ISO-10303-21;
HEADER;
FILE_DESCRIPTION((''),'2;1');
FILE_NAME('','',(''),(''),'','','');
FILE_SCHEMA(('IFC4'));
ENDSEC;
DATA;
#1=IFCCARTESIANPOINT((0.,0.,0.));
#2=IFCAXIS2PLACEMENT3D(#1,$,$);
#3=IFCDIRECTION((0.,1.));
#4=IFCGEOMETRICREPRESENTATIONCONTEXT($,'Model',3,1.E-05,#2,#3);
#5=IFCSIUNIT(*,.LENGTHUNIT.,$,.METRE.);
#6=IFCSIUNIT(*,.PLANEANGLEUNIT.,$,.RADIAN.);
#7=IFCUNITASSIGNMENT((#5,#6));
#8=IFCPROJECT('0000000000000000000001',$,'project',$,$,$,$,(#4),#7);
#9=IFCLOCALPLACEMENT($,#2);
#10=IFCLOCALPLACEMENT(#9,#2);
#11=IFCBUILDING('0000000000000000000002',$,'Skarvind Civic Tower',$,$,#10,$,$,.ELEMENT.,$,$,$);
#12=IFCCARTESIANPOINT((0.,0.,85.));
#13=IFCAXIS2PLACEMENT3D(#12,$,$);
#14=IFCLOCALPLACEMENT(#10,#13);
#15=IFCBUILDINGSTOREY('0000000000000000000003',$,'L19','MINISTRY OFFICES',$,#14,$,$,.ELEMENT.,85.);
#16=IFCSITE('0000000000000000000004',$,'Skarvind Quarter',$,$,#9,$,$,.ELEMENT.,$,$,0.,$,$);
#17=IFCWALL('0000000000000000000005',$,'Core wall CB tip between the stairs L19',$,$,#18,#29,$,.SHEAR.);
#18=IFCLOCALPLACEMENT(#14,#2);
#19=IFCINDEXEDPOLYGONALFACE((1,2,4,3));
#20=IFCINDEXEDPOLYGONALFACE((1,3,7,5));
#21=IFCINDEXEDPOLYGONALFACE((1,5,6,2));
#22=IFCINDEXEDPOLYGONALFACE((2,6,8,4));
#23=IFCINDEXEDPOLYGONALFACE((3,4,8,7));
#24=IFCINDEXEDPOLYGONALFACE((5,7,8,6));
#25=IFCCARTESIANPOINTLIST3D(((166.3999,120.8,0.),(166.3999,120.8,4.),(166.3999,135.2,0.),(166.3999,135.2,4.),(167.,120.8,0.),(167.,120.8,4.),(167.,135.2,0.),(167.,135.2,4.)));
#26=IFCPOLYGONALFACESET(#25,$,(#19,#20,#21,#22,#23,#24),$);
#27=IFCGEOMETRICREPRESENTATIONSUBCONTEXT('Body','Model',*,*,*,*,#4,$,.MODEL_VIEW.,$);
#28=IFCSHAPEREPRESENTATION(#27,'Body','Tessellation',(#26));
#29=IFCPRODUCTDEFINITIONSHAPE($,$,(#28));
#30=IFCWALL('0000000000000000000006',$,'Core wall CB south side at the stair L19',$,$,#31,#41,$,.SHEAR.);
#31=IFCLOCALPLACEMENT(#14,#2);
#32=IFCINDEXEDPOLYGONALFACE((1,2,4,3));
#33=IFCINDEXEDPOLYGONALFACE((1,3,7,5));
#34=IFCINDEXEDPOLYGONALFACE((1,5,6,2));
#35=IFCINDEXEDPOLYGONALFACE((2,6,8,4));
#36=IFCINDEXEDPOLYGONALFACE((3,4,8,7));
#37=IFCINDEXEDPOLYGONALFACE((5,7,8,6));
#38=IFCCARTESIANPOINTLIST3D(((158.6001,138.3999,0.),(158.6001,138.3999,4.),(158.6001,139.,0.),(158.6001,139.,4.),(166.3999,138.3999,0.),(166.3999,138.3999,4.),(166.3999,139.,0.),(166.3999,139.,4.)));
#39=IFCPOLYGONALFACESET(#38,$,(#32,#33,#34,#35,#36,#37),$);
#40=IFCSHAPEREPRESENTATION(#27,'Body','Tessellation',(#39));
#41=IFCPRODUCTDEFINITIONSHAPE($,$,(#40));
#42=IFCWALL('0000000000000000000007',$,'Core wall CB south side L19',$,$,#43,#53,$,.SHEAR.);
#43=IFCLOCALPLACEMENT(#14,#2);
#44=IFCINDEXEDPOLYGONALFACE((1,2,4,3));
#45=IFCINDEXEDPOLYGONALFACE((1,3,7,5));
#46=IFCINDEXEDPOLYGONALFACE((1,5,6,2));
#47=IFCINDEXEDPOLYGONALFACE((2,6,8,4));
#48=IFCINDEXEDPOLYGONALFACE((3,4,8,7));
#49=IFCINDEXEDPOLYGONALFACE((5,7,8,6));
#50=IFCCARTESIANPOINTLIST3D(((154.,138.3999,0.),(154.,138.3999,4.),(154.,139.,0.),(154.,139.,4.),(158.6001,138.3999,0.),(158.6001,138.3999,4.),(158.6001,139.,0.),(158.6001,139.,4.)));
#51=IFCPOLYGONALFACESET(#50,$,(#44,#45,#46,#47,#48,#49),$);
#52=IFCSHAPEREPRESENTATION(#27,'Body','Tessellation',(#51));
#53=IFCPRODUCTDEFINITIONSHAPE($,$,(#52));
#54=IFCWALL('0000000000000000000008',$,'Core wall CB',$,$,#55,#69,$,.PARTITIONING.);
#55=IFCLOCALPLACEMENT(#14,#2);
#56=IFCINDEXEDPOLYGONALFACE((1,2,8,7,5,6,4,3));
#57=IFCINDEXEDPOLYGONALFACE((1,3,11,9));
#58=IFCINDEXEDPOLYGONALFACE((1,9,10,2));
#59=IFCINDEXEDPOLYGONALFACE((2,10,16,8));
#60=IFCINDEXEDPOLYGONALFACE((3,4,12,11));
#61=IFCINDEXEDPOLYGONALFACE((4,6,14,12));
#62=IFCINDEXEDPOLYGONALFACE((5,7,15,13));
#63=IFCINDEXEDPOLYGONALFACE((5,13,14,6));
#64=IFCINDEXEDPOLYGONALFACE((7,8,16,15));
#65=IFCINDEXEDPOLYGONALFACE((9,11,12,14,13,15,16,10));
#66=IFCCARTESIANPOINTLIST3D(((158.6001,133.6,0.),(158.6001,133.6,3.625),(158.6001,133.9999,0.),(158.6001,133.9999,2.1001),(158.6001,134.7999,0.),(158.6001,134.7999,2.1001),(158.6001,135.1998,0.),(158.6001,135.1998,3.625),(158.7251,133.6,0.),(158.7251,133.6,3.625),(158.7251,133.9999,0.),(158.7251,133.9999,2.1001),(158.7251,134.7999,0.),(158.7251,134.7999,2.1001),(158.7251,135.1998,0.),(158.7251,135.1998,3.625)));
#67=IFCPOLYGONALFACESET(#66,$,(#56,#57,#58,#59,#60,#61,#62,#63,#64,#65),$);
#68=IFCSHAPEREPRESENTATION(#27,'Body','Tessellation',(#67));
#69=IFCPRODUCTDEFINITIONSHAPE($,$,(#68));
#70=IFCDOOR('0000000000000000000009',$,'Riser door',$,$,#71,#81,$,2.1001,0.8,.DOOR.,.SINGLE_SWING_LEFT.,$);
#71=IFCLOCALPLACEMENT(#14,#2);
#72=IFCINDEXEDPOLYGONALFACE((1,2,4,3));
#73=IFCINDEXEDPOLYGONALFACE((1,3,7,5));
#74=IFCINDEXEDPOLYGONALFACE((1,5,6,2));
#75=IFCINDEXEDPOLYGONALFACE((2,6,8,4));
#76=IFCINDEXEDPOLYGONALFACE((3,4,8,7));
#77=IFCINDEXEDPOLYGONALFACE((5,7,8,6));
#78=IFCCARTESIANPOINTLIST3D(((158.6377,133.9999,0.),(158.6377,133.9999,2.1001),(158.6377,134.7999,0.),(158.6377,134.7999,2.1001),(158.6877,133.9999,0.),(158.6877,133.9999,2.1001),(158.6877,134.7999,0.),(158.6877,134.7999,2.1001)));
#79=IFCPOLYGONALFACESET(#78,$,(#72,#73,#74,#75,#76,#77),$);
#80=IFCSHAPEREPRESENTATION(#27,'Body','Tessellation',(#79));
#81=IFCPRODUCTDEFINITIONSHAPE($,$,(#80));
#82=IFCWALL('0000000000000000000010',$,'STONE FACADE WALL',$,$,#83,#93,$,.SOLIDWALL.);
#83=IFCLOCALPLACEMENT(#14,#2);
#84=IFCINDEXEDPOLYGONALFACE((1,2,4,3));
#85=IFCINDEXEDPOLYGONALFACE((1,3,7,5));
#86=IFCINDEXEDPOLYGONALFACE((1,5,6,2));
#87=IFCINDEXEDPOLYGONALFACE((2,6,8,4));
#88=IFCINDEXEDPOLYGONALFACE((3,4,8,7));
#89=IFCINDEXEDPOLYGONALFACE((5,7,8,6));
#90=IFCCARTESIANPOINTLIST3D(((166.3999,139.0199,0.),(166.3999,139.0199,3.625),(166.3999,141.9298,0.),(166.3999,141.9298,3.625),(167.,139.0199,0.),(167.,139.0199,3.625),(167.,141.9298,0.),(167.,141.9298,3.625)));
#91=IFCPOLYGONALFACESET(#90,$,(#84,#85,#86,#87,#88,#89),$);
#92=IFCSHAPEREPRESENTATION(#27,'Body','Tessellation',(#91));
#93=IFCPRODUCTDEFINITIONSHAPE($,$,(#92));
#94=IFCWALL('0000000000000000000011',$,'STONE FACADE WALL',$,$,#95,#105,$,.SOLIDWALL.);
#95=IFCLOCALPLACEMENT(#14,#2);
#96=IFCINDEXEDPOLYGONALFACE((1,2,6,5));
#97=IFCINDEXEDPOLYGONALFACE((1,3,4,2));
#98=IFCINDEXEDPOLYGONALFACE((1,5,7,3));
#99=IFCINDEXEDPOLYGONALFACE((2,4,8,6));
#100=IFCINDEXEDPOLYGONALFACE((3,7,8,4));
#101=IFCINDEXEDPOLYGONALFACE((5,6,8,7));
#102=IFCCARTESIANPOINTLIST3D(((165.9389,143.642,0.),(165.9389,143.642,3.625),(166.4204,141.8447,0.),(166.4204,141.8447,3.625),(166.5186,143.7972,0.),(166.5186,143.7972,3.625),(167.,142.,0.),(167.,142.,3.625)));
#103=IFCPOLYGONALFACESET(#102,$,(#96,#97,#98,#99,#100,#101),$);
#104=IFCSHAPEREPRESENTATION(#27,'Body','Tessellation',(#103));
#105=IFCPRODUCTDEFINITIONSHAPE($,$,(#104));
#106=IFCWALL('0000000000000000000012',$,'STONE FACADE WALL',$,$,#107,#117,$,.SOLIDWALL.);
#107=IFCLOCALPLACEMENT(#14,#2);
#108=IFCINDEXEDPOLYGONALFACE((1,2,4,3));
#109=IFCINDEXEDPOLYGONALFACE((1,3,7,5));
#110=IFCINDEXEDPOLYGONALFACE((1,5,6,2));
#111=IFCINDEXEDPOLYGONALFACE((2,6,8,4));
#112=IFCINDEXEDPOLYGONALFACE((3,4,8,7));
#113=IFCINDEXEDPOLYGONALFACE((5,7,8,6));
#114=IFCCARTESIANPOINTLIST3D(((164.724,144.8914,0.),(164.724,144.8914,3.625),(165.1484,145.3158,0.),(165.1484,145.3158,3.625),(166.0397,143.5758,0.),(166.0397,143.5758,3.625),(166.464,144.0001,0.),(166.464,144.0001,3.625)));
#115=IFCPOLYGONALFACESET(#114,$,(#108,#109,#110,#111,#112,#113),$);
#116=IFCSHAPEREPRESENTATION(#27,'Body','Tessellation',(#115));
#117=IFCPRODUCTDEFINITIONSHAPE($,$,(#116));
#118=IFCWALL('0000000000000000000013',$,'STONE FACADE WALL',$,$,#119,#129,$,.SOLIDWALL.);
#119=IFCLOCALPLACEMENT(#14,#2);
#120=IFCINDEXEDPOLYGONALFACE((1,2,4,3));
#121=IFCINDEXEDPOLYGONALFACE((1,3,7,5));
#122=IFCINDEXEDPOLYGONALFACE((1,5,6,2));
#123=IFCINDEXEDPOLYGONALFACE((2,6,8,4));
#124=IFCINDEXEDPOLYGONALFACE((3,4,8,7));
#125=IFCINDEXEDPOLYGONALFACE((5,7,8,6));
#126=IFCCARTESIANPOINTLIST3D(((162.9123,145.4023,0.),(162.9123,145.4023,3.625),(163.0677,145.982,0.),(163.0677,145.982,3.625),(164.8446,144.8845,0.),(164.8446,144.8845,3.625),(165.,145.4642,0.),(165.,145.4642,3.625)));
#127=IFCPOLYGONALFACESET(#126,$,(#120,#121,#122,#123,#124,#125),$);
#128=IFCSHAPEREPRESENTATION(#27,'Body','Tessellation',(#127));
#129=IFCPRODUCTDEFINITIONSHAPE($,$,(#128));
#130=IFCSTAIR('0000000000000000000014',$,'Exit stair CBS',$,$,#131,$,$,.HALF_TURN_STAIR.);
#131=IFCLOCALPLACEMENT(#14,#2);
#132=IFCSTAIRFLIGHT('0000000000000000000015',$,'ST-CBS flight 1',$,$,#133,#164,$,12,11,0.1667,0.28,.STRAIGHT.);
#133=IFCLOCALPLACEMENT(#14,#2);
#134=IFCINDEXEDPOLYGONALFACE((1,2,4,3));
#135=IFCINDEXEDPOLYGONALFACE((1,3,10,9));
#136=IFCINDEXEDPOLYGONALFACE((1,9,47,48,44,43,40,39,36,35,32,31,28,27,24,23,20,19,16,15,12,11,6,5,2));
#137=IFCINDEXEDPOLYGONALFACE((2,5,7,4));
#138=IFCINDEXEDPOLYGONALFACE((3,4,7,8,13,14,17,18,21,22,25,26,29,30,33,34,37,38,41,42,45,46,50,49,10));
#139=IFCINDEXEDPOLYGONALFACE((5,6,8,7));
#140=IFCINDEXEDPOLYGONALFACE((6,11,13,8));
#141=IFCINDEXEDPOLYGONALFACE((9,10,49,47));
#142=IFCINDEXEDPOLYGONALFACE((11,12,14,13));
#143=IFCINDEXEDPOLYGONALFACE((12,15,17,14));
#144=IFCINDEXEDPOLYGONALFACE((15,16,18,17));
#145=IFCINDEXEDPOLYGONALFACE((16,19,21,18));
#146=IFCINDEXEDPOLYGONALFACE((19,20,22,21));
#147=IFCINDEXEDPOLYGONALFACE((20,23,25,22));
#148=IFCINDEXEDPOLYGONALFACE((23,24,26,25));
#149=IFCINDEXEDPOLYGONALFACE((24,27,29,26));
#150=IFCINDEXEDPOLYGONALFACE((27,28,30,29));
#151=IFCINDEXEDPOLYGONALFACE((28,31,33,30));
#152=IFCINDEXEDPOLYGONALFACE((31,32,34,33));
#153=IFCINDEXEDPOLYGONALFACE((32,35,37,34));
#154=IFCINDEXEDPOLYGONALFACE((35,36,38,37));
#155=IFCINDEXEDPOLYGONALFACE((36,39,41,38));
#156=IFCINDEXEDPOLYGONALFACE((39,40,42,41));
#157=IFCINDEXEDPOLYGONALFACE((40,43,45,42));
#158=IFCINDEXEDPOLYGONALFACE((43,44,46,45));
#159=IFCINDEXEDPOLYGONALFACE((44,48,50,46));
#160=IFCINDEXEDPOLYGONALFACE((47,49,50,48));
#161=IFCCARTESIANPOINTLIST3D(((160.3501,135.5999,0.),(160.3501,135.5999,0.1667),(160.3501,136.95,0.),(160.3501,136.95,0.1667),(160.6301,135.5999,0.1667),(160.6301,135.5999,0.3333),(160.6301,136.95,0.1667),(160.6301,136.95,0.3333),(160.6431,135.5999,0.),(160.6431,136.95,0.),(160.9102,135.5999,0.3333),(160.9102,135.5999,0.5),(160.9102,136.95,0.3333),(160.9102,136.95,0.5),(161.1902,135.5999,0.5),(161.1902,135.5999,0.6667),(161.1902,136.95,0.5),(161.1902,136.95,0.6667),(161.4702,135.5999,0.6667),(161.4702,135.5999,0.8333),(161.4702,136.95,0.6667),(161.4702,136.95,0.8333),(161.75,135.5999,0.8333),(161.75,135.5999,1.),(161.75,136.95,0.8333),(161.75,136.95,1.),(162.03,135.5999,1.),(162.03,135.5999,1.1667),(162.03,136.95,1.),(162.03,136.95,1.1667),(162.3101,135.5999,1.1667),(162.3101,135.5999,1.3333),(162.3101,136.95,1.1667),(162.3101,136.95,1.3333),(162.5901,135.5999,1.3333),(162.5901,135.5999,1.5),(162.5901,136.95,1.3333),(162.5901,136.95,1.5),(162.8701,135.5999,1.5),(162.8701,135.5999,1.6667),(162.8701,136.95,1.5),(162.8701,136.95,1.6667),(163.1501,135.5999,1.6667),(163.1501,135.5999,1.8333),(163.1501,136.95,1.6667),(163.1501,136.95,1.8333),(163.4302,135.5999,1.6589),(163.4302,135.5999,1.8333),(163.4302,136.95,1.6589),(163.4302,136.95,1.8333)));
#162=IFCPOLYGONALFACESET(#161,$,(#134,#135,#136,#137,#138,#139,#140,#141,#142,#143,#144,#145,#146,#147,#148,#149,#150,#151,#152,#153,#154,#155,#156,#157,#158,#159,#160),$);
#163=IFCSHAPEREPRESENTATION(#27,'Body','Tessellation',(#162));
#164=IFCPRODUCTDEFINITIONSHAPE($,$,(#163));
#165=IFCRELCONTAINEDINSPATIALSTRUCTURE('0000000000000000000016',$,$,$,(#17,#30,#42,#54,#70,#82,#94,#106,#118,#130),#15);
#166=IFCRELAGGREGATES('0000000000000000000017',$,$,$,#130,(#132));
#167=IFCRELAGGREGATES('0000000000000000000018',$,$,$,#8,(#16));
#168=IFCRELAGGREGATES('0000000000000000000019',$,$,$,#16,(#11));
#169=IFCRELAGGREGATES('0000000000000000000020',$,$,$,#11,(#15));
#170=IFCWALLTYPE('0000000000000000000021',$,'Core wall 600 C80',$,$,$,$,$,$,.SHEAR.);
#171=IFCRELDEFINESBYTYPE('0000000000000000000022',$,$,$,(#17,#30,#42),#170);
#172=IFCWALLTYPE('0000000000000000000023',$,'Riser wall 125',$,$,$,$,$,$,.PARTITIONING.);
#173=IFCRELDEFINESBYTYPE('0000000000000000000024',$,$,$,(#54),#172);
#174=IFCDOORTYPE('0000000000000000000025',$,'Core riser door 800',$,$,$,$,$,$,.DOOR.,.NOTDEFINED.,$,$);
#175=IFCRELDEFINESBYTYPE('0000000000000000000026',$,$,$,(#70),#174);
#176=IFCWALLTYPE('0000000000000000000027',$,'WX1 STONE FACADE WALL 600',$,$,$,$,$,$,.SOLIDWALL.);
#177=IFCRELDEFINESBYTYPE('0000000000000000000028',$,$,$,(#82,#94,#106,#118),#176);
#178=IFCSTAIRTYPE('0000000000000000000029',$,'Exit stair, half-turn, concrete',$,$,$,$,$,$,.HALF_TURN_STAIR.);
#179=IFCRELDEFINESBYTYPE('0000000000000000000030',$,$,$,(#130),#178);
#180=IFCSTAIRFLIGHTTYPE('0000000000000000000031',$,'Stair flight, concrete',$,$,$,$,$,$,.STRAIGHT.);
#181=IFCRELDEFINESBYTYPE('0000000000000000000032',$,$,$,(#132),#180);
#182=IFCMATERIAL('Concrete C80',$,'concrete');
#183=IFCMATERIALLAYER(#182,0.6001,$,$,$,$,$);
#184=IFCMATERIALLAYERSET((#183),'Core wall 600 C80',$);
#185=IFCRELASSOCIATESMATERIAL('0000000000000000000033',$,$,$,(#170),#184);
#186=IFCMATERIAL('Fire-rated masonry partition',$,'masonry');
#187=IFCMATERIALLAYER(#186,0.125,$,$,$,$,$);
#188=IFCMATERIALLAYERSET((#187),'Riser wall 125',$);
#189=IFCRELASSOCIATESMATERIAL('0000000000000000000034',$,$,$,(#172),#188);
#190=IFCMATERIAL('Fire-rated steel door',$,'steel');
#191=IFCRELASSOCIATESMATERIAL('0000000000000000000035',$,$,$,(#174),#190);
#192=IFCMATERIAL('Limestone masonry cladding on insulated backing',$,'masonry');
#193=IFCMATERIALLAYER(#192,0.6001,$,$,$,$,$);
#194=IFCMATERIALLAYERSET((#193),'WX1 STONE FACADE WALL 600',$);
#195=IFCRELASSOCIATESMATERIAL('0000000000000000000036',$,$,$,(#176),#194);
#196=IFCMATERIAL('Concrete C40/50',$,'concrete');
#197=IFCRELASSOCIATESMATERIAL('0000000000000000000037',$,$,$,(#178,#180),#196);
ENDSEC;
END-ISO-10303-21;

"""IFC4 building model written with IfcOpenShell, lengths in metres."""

from ifc_helpers import new_model, si_unit, direction, frame, frame_2d, origin, place, context, subcontext, project, spatial, polyline, rectangle, outline, extrude, material, layer, layer_set, type_object, element, fill, aggregate, save


model = new_model("IFC4")

# Units and contexts
model_context = context("Model", 3, precision=1e-05, world=origin(), true_north=direction((0.0, 1.0)))
body_context = subcontext(model_context, "Body", "Model", "MODEL_VIEW")
ifc_project = project(units=[si_unit("LENGTHUNIT", "METRE"), si_unit("PLANEANGLEUNIT", "RADIAN")], contexts=[model_context])

# Site, building, storey
site_placement = place(None, origin())
site = spatial("IfcSite", under=ifc_project, at=site_placement, Name="Skarvind Quarter", CompositionType="ELEMENT", RefElevation=0.0)
building_placement = place(site_placement, origin())
building = spatial("IfcBuilding", under=site, at=building_placement, Name="Skarvind Civic Tower", CompositionType="ELEMENT")
storey_placement = place(building_placement, frame((0.0, 0.0, 85.0)))
storey = spatial("IfcBuildingStorey", under=building, at=storey_placement, Name="L19", Description="MINISTRY OFFICES", CompositionType="ELEMENT", Elevation=85.0)

# Shared definitions
ifc_material_1 = material(Name="Concrete C80", Category="concrete")

# Shared definitions
ifc_material_2 = material(Name="Fire-rated steel door", Category="steel")

# Walls
ifc_layer_1 = layer(ifc_material_1, 0.6001)
ifc_layer_set_1 = layer_set([ifc_layer_1], Name="Core wall 600 C80")
wall_type_1 = type_object("IfcWallType", Name="Core wall 600 C80", PredefinedType="SHEAR", material=ifc_layer_set_1)
wall_1_placement = place(storey_placement, frame((166.7, 135.2, 0.0), z_axis=(0.0, 0.0, 1.0), x_axis=(0.0, -1.0, 0.0)))
element("IfcWall", 1, at=wall_1_placement, inside=storey, type_object=wall_type_1, Name="Core wall CB tip between the stairs L19", PredefinedType="SHEAR", context=body_context, shape_type="SweptSolid", body=[
    extrude(rectangle(XDim=14.3999, YDim=0.6001, at=frame_2d((7.2, 0.0))), origin(), (0.0, 0.0, 1.0), 4.0),
])
wall_2_placement = place(storey_placement, frame((166.3999, 138.7, 0.0), z_axis=(0.0, 0.0, 1.0), x_axis=(-1.0, 0.0, 0.0)))
element("IfcWall", 2, at=wall_2_placement, inside=storey, type_object=wall_type_1, Name="Core wall CB south side at the stair L19", PredefinedType="SHEAR", context=body_context, shape_type="SweptSolid", body=[
    extrude(rectangle(XDim=7.7998, YDim=0.6001, at=frame_2d((3.8999, 0.0))), origin(), (0.0, 0.0, 1.0), 4.0),
])
wall_3_placement = place(storey_placement, frame((158.6001, 138.7, 0.0), z_axis=(0.0, 0.0, 1.0), x_axis=(-1.0, 0.0, 0.0)))
element("IfcWall", 3, at=wall_3_placement, inside=storey, type_object=wall_type_1, Name="Core wall CB south side L19", PredefinedType="SHEAR", context=body_context, shape_type="SweptSolid", body=[
    extrude(rectangle(XDim=4.6001, YDim=0.6001, at=frame_2d((2.3, 0.0))), origin(), (0.0, 0.0, 1.0), 4.0),
])

# Wall, opening, door
ifc_material_3 = material(Name="Fire-rated masonry partition", Category="masonry")
ifc_layer_2 = layer(ifc_material_3, 0.125)
ifc_layer_set_2 = layer_set([ifc_layer_2], Name="Riser wall 125")
wall_type_2 = type_object("IfcWallType", Name="Riser wall 125", PredefinedType="PARTITIONING", material=ifc_layer_set_2)
wall_4_placement = place(storey_placement, frame((158.6626, 133.6001, 0.0), z_axis=(0.0, 0.0, 1.0), x_axis=(0.0, 1.0, 0.0)))
wall_4 = element("IfcWall", 4, at=wall_4_placement, inside=storey, type_object=wall_type_2, Name="Core wall CB", PredefinedType="PARTITIONING", context=body_context, shape_type="SweptSolid", body=[
    extrude(rectangle(XDim=1.5999, YDim=0.125, at=frame_2d((0.7998, 0.0))), origin(), (0.0, 0.0, 1.0), 3.625),
])
opening_1_placement = place(wall_4_placement, frame((0.3999, 0.0, 0.0)))
opening_1 = element("IfcOpeningElement", 5, at=opening_1_placement, cuts=wall_4, PredefinedType="OPENING", context=body_context, shape_type="SweptSolid", body=[
    extrude(rectangle(XDim=0.8, YDim=2.1001, at=frame_2d((0.3999, 1.05))), frame((0.0, 0.0725, 0.0), z_axis=(0.0, -1.0, 0.0), x_axis=(1.0, 0.0, 0.0)), (0.0, 0.0, 1.0), 0.145),
])
door_type_1 = type_object("IfcDoorType", Name="Core riser door 800", OperationType="NOTDEFINED", PredefinedType="DOOR", material=ifc_material_2)
door_1_placement = place(opening_1_placement, origin())
door_1 = element("IfcDoor", 6, at=door_1_placement, inside=storey, type_object=door_type_1, Name="Riser door", OperationType="SINGLE_SWING_LEFT", OverallHeight=2.1001, OverallWidth=0.8, PredefinedType="DOOR", context=body_context, shape_type="SweptSolid", body=[
    extrude(rectangle(XDim=0.8, YDim=2.1001, at=frame_2d((0.3999, 1.05))), frame((0.0, 0.0249, 0.0), z_axis=(0.0, -1.0, 0.0), x_axis=(1.0, 0.0, 0.0)), (0.0, 0.0, 1.0), 0.05),
])
fill(opening_1, door_1)

# Walls
ifc_material_4 = material(Name="Limestone masonry cladding on insulated backing", Category="masonry")
ifc_layer_3 = layer(ifc_material_4, 0.6001)
ifc_layer_set_3 = layer_set([ifc_layer_3], Name="WX1 STONE FACADE WALL 600")
wall_type_3 = type_object("IfcWallType", Name="WX1 STONE FACADE WALL 600", PredefinedType="SOLIDWALL", material=ifc_layer_set_3)
wall_5_placement = place(storey_placement, frame((166.7, 141.9299, 0.0), z_axis=(0.0, 0.0, 1.0), x_axis=(0.0, -1.0, 0.0)))
element("IfcWall", 7, at=wall_5_placement, inside=storey, type_object=wall_type_3, Name="STONE FACADE WALL", PredefinedType="SOLIDWALL", context=body_context, shape_type="SweptSolid", body=[
    extrude(rectangle(XDim=2.9099, YDim=0.6001, at=frame_2d((1.4551, 0.0))), origin(), (0.0, 0.0, 1.0), 3.625),
])
for number, where, z_axis, x_axis, name in (
    (8, (166.2288, 143.7195, 0.0), (0.0, 0.0, 1.0), (0.258773, -0.965938, 0.0), "STONE FACADE WALL"),
    (9, (164.9363, 145.1035, 0.0), (0.0, 0.0, 1.0), (0.707107, -0.707107, 0.0), "STONE FACADE WALL"),
):
    element("IfcWall", number, at=place(storey_placement, frame(where, z_axis=z_axis, x_axis=x_axis)), inside=storey, type_object=wall_type_3, Name=name, PredefinedType="SOLIDWALL", context=body_context, shape_type="SweptSolid", body=[
        extrude(rectangle(XDim=1.8606, YDim=0.6001, at=frame_2d((0.9302, 0.0))), origin(), (0.0, 0.0, 1.0), 3.625),
    ])
wall_6_placement = place(storey_placement, frame((162.99, 145.6921, 0.0), z_axis=(0.0, 0.0, 1.0), x_axis=(0.96592, -0.25884, 0.0)))
element("IfcWall", 10, at=wall_6_placement, inside=storey, type_object=wall_type_3, Name="STONE FACADE WALL", PredefinedType="SOLIDWALL", context=body_context, shape_type="SweptSolid", body=[
    extrude(rectangle(XDim=2.0005, YDim=0.6001, at=frame_2d((1.0002, 0.0))), origin(), (0.0, 0.0, 1.0), 3.625),
])

# Stair, stair flight
ifc_material_5 = material(Name="Concrete C40/50", Category="concrete")
stair_type = type_object("IfcStairType", Name="Exit stair, half-turn, concrete", PredefinedType="HALF_TURN_STAIR", material=ifc_material_5)
stair_placement = place(storey_placement, origin())
stair = element("IfcStair", 11, at=stair_placement, inside=storey, type_object=stair_type, Name="Exit stair CBS", PredefinedType="HALF_TURN_STAIR")
stair_flight_type = type_object("IfcStairFlightType", Name="Stair flight, concrete", PredefinedType="STRAIGHT", material=ifc_material_5)
stair_flight_1_placement = place(storey_placement, frame((160.3501, 136.2749, 0.0), z_axis=(0.0, 0.0, 1.0), x_axis=(1.0, 0.0, 0.0)))
stair_flight_1 = element("IfcStairFlight", 12, at=stair_flight_1_placement, type_object=stair_flight_type, Name="ST-CBS flight 1", NumberOfRisers=12, NumberOfTreads=11, PredefinedType="STRAIGHT", RiserHeight=0.1667, TreadLength=0.28, context=body_context, shape_type="SweptSolid", body=[
    extrude(outline(polyline([(0.0, 0.0), (0.0, 0.1667), (0.28, 0.1667), (0.28, 0.3333), (0.5601, 0.3333), (0.5601, 0.5), (0.8401, 0.5), (0.8401, 0.6667), (1.1201, 0.6667), (1.1201, 0.8333), (1.3999, 0.8333), (1.3999, 1.0), (1.6799, 1.0), (1.6799, 1.1667), (1.96, 1.1667), (1.96, 1.3333), (2.24, 1.3333), (2.24, 1.5), (2.52, 1.5), (2.52, 1.6667), (2.8, 1.6667), (2.8, 1.8333), (3.0801, 1.8333), (3.0801, 2.0), (3.0801, 1.6589), (0.293, 0.0), (0.0, 0.0)])), frame((0.0, 0.675, 0.0), z_axis=(0.0, -1.0, 0.0), x_axis=(1.0, 0.0, 0.0)), (0.0, 0.0, 1.0), 1.3501),
])
aggregate(stair, [stair_flight_1])

save(model, "model.ifc")
